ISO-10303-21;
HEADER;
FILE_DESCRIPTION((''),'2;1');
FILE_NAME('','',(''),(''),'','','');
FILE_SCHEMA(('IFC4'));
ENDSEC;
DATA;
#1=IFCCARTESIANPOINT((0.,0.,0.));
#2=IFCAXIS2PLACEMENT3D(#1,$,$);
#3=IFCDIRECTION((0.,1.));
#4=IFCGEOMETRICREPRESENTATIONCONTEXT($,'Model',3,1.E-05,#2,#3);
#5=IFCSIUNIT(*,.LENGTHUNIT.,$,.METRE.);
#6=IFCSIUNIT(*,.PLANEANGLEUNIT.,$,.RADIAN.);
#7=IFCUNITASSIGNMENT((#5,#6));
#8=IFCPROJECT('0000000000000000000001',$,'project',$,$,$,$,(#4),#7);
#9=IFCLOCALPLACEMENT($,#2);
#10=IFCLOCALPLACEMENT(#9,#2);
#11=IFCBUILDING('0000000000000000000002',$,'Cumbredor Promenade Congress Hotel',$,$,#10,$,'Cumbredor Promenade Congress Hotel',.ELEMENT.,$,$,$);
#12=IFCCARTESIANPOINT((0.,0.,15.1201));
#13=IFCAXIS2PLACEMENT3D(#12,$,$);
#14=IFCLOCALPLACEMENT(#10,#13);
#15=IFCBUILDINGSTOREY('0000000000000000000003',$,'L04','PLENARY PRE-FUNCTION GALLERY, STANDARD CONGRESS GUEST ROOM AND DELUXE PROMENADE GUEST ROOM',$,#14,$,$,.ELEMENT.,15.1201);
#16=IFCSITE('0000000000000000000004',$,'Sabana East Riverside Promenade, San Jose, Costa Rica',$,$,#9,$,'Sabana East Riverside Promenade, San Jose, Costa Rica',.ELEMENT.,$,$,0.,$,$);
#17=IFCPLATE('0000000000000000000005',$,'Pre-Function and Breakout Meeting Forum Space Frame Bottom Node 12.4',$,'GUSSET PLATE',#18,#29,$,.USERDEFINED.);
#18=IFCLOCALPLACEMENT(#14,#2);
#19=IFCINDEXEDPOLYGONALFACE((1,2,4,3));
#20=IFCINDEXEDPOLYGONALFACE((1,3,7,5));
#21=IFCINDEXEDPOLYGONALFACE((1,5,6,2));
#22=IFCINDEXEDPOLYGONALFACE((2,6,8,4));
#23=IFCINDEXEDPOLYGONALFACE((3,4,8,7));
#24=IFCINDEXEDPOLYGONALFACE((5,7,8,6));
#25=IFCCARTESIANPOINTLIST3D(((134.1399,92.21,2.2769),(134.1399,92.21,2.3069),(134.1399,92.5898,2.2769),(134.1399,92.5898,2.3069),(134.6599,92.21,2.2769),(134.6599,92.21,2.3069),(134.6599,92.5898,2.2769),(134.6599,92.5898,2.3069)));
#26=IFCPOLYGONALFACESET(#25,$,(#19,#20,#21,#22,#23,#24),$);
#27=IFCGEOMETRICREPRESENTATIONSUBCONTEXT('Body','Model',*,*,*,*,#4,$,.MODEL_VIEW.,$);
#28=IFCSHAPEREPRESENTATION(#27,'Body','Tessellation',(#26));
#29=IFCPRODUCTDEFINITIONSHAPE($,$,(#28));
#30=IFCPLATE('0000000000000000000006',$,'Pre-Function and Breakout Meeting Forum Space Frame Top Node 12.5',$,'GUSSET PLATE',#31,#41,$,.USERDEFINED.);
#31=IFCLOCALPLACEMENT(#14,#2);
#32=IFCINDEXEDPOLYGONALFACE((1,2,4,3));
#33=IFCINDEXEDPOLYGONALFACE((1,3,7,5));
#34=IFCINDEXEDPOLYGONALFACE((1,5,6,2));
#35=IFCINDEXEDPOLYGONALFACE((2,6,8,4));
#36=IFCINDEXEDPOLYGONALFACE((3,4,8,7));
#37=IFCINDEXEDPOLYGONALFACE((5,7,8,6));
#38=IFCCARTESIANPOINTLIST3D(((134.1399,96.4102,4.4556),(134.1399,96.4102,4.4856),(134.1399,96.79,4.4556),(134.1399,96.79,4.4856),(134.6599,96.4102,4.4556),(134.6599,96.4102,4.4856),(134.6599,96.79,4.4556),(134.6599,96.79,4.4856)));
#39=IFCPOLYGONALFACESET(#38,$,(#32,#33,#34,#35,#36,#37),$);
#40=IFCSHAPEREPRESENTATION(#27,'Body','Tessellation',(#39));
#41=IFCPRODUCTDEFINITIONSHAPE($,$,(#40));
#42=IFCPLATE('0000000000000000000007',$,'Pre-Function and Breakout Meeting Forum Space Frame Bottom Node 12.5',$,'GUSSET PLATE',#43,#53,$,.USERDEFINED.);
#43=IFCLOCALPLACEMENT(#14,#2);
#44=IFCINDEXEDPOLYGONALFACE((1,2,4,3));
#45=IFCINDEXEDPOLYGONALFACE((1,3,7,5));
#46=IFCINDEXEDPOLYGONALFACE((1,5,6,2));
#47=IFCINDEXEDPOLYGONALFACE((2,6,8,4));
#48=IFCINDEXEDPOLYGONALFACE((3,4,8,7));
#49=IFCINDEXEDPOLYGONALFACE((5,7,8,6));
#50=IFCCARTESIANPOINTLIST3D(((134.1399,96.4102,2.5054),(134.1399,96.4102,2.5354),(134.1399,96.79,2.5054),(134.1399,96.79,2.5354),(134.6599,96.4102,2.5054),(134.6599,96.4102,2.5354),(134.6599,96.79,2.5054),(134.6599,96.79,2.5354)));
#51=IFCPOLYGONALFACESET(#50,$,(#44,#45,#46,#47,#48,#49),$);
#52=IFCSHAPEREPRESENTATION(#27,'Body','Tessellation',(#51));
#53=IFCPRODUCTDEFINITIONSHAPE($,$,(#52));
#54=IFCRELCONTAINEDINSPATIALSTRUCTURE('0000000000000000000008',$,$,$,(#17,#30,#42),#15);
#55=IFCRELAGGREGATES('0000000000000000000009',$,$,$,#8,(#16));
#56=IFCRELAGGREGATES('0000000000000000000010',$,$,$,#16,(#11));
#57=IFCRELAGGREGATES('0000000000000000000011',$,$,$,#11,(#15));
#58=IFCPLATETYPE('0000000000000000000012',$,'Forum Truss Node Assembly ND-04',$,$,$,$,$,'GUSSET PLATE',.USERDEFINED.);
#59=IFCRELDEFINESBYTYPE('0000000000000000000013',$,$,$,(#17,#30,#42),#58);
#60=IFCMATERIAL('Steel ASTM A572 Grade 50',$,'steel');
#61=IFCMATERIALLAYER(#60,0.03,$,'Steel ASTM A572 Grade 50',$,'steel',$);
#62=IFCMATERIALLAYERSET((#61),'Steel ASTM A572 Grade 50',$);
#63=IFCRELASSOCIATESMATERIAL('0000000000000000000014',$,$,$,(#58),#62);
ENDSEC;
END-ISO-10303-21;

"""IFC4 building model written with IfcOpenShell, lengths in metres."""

from ifc_helpers import new_model, si_unit, direction, frame, origin, origin_2d, place, context, subcontext, project, spatial, rectangle, extrude, material, layer, layer_set, type_object, element, save


model = new_model("IFC4")

# Units and contexts
model_context = context("Model", 3, precision=1e-05, world=origin(), true_north=direction((0.0, 1.0)))
body_context = subcontext(model_context, "Body", "Model", "MODEL_VIEW")
ifc_project = project(units=[si_unit("LENGTHUNIT", "METRE"), si_unit("PLANEANGLEUNIT", "RADIAN")], contexts=[model_context])

# Site, building, storey
site_placement = place(None, origin())
site = spatial("IfcSite", under=ifc_project, at=site_placement, Name="Sabana East Riverside Promenade, San Jose, Costa Rica", LongName="Sabana East Riverside Promenade, San Jose, Costa Rica", CompositionType="ELEMENT", RefElevation=0.0)
building_placement = place(site_placement, origin())
building = spatial("IfcBuilding", under=site, at=building_placement, Name="Cumbredor Promenade Congress Hotel", LongName="Cumbredor Promenade Congress Hotel", CompositionType="ELEMENT")
storey_placement = place(building_placement, frame((0.0, 0.0, 15.1201)))
storey = spatial("IfcBuildingStorey", under=building, at=storey_placement, Name="L04", Description="PLENARY PRE-FUNCTION GALLERY, STANDARD CONGRESS GUEST ROOM AND DELUXE PROMENADE GUEST ROOM", CompositionType="ELEMENT", Elevation=15.1201)

# Plates
ifc_material_1 = material(Name="Steel ASTM A572 Grade 50", Category="steel")
ifc_layer = layer(ifc_material_1, 0.03, Name="Steel ASTM A572 Grade 50", Category="steel")
ifc_layer_set = layer_set([ifc_layer], Name="Steel ASTM A572 Grade 50")
plate_type = type_object("IfcPlateType", Name="Forum Truss Node Assembly ND-04", ElementType="GUSSET PLATE", PredefinedType="USERDEFINED", material=ifc_layer_set)
for number, where, z_axis, x_axis, name in (
    (1, (134.3999, 92.3999, 2.2769), (0.0, 0.0, 1.0), (1.0, 0.0, 0.0), "Pre-Function and Breakout Meeting Forum Space Frame Bottom Node 12.4"),
    (2, (134.3999, 96.6001, 4.4556), (0.0, 0.0, 1.0), (1.0, 0.0, 0.0), "Pre-Function and Breakout Meeting Forum Space Frame Top Node 12.5"),
    (3, (134.3999, 96.6001, 2.5054), (0.0, 0.0, 1.0), (1.0, 0.0, 0.0), "Pre-Function and Breakout Meeting Forum Space Frame Bottom Node 12.5"),
):
    element("IfcPlate", number, at=place(storey_placement, frame(where, z_axis=z_axis, x_axis=x_axis)), inside=storey, type_object=plate_type, Name=name, ObjectType="GUSSET PLATE", PredefinedType="USERDEFINED", context=body_context, shape_type="SweptSolid", body=[
        extrude(rectangle(XDim=0.52, YDim=0.3799, at=origin_2d()), origin(), (0.0, 0.0, 1.0), 0.03),
    ])

save(model, "model.ifc")
